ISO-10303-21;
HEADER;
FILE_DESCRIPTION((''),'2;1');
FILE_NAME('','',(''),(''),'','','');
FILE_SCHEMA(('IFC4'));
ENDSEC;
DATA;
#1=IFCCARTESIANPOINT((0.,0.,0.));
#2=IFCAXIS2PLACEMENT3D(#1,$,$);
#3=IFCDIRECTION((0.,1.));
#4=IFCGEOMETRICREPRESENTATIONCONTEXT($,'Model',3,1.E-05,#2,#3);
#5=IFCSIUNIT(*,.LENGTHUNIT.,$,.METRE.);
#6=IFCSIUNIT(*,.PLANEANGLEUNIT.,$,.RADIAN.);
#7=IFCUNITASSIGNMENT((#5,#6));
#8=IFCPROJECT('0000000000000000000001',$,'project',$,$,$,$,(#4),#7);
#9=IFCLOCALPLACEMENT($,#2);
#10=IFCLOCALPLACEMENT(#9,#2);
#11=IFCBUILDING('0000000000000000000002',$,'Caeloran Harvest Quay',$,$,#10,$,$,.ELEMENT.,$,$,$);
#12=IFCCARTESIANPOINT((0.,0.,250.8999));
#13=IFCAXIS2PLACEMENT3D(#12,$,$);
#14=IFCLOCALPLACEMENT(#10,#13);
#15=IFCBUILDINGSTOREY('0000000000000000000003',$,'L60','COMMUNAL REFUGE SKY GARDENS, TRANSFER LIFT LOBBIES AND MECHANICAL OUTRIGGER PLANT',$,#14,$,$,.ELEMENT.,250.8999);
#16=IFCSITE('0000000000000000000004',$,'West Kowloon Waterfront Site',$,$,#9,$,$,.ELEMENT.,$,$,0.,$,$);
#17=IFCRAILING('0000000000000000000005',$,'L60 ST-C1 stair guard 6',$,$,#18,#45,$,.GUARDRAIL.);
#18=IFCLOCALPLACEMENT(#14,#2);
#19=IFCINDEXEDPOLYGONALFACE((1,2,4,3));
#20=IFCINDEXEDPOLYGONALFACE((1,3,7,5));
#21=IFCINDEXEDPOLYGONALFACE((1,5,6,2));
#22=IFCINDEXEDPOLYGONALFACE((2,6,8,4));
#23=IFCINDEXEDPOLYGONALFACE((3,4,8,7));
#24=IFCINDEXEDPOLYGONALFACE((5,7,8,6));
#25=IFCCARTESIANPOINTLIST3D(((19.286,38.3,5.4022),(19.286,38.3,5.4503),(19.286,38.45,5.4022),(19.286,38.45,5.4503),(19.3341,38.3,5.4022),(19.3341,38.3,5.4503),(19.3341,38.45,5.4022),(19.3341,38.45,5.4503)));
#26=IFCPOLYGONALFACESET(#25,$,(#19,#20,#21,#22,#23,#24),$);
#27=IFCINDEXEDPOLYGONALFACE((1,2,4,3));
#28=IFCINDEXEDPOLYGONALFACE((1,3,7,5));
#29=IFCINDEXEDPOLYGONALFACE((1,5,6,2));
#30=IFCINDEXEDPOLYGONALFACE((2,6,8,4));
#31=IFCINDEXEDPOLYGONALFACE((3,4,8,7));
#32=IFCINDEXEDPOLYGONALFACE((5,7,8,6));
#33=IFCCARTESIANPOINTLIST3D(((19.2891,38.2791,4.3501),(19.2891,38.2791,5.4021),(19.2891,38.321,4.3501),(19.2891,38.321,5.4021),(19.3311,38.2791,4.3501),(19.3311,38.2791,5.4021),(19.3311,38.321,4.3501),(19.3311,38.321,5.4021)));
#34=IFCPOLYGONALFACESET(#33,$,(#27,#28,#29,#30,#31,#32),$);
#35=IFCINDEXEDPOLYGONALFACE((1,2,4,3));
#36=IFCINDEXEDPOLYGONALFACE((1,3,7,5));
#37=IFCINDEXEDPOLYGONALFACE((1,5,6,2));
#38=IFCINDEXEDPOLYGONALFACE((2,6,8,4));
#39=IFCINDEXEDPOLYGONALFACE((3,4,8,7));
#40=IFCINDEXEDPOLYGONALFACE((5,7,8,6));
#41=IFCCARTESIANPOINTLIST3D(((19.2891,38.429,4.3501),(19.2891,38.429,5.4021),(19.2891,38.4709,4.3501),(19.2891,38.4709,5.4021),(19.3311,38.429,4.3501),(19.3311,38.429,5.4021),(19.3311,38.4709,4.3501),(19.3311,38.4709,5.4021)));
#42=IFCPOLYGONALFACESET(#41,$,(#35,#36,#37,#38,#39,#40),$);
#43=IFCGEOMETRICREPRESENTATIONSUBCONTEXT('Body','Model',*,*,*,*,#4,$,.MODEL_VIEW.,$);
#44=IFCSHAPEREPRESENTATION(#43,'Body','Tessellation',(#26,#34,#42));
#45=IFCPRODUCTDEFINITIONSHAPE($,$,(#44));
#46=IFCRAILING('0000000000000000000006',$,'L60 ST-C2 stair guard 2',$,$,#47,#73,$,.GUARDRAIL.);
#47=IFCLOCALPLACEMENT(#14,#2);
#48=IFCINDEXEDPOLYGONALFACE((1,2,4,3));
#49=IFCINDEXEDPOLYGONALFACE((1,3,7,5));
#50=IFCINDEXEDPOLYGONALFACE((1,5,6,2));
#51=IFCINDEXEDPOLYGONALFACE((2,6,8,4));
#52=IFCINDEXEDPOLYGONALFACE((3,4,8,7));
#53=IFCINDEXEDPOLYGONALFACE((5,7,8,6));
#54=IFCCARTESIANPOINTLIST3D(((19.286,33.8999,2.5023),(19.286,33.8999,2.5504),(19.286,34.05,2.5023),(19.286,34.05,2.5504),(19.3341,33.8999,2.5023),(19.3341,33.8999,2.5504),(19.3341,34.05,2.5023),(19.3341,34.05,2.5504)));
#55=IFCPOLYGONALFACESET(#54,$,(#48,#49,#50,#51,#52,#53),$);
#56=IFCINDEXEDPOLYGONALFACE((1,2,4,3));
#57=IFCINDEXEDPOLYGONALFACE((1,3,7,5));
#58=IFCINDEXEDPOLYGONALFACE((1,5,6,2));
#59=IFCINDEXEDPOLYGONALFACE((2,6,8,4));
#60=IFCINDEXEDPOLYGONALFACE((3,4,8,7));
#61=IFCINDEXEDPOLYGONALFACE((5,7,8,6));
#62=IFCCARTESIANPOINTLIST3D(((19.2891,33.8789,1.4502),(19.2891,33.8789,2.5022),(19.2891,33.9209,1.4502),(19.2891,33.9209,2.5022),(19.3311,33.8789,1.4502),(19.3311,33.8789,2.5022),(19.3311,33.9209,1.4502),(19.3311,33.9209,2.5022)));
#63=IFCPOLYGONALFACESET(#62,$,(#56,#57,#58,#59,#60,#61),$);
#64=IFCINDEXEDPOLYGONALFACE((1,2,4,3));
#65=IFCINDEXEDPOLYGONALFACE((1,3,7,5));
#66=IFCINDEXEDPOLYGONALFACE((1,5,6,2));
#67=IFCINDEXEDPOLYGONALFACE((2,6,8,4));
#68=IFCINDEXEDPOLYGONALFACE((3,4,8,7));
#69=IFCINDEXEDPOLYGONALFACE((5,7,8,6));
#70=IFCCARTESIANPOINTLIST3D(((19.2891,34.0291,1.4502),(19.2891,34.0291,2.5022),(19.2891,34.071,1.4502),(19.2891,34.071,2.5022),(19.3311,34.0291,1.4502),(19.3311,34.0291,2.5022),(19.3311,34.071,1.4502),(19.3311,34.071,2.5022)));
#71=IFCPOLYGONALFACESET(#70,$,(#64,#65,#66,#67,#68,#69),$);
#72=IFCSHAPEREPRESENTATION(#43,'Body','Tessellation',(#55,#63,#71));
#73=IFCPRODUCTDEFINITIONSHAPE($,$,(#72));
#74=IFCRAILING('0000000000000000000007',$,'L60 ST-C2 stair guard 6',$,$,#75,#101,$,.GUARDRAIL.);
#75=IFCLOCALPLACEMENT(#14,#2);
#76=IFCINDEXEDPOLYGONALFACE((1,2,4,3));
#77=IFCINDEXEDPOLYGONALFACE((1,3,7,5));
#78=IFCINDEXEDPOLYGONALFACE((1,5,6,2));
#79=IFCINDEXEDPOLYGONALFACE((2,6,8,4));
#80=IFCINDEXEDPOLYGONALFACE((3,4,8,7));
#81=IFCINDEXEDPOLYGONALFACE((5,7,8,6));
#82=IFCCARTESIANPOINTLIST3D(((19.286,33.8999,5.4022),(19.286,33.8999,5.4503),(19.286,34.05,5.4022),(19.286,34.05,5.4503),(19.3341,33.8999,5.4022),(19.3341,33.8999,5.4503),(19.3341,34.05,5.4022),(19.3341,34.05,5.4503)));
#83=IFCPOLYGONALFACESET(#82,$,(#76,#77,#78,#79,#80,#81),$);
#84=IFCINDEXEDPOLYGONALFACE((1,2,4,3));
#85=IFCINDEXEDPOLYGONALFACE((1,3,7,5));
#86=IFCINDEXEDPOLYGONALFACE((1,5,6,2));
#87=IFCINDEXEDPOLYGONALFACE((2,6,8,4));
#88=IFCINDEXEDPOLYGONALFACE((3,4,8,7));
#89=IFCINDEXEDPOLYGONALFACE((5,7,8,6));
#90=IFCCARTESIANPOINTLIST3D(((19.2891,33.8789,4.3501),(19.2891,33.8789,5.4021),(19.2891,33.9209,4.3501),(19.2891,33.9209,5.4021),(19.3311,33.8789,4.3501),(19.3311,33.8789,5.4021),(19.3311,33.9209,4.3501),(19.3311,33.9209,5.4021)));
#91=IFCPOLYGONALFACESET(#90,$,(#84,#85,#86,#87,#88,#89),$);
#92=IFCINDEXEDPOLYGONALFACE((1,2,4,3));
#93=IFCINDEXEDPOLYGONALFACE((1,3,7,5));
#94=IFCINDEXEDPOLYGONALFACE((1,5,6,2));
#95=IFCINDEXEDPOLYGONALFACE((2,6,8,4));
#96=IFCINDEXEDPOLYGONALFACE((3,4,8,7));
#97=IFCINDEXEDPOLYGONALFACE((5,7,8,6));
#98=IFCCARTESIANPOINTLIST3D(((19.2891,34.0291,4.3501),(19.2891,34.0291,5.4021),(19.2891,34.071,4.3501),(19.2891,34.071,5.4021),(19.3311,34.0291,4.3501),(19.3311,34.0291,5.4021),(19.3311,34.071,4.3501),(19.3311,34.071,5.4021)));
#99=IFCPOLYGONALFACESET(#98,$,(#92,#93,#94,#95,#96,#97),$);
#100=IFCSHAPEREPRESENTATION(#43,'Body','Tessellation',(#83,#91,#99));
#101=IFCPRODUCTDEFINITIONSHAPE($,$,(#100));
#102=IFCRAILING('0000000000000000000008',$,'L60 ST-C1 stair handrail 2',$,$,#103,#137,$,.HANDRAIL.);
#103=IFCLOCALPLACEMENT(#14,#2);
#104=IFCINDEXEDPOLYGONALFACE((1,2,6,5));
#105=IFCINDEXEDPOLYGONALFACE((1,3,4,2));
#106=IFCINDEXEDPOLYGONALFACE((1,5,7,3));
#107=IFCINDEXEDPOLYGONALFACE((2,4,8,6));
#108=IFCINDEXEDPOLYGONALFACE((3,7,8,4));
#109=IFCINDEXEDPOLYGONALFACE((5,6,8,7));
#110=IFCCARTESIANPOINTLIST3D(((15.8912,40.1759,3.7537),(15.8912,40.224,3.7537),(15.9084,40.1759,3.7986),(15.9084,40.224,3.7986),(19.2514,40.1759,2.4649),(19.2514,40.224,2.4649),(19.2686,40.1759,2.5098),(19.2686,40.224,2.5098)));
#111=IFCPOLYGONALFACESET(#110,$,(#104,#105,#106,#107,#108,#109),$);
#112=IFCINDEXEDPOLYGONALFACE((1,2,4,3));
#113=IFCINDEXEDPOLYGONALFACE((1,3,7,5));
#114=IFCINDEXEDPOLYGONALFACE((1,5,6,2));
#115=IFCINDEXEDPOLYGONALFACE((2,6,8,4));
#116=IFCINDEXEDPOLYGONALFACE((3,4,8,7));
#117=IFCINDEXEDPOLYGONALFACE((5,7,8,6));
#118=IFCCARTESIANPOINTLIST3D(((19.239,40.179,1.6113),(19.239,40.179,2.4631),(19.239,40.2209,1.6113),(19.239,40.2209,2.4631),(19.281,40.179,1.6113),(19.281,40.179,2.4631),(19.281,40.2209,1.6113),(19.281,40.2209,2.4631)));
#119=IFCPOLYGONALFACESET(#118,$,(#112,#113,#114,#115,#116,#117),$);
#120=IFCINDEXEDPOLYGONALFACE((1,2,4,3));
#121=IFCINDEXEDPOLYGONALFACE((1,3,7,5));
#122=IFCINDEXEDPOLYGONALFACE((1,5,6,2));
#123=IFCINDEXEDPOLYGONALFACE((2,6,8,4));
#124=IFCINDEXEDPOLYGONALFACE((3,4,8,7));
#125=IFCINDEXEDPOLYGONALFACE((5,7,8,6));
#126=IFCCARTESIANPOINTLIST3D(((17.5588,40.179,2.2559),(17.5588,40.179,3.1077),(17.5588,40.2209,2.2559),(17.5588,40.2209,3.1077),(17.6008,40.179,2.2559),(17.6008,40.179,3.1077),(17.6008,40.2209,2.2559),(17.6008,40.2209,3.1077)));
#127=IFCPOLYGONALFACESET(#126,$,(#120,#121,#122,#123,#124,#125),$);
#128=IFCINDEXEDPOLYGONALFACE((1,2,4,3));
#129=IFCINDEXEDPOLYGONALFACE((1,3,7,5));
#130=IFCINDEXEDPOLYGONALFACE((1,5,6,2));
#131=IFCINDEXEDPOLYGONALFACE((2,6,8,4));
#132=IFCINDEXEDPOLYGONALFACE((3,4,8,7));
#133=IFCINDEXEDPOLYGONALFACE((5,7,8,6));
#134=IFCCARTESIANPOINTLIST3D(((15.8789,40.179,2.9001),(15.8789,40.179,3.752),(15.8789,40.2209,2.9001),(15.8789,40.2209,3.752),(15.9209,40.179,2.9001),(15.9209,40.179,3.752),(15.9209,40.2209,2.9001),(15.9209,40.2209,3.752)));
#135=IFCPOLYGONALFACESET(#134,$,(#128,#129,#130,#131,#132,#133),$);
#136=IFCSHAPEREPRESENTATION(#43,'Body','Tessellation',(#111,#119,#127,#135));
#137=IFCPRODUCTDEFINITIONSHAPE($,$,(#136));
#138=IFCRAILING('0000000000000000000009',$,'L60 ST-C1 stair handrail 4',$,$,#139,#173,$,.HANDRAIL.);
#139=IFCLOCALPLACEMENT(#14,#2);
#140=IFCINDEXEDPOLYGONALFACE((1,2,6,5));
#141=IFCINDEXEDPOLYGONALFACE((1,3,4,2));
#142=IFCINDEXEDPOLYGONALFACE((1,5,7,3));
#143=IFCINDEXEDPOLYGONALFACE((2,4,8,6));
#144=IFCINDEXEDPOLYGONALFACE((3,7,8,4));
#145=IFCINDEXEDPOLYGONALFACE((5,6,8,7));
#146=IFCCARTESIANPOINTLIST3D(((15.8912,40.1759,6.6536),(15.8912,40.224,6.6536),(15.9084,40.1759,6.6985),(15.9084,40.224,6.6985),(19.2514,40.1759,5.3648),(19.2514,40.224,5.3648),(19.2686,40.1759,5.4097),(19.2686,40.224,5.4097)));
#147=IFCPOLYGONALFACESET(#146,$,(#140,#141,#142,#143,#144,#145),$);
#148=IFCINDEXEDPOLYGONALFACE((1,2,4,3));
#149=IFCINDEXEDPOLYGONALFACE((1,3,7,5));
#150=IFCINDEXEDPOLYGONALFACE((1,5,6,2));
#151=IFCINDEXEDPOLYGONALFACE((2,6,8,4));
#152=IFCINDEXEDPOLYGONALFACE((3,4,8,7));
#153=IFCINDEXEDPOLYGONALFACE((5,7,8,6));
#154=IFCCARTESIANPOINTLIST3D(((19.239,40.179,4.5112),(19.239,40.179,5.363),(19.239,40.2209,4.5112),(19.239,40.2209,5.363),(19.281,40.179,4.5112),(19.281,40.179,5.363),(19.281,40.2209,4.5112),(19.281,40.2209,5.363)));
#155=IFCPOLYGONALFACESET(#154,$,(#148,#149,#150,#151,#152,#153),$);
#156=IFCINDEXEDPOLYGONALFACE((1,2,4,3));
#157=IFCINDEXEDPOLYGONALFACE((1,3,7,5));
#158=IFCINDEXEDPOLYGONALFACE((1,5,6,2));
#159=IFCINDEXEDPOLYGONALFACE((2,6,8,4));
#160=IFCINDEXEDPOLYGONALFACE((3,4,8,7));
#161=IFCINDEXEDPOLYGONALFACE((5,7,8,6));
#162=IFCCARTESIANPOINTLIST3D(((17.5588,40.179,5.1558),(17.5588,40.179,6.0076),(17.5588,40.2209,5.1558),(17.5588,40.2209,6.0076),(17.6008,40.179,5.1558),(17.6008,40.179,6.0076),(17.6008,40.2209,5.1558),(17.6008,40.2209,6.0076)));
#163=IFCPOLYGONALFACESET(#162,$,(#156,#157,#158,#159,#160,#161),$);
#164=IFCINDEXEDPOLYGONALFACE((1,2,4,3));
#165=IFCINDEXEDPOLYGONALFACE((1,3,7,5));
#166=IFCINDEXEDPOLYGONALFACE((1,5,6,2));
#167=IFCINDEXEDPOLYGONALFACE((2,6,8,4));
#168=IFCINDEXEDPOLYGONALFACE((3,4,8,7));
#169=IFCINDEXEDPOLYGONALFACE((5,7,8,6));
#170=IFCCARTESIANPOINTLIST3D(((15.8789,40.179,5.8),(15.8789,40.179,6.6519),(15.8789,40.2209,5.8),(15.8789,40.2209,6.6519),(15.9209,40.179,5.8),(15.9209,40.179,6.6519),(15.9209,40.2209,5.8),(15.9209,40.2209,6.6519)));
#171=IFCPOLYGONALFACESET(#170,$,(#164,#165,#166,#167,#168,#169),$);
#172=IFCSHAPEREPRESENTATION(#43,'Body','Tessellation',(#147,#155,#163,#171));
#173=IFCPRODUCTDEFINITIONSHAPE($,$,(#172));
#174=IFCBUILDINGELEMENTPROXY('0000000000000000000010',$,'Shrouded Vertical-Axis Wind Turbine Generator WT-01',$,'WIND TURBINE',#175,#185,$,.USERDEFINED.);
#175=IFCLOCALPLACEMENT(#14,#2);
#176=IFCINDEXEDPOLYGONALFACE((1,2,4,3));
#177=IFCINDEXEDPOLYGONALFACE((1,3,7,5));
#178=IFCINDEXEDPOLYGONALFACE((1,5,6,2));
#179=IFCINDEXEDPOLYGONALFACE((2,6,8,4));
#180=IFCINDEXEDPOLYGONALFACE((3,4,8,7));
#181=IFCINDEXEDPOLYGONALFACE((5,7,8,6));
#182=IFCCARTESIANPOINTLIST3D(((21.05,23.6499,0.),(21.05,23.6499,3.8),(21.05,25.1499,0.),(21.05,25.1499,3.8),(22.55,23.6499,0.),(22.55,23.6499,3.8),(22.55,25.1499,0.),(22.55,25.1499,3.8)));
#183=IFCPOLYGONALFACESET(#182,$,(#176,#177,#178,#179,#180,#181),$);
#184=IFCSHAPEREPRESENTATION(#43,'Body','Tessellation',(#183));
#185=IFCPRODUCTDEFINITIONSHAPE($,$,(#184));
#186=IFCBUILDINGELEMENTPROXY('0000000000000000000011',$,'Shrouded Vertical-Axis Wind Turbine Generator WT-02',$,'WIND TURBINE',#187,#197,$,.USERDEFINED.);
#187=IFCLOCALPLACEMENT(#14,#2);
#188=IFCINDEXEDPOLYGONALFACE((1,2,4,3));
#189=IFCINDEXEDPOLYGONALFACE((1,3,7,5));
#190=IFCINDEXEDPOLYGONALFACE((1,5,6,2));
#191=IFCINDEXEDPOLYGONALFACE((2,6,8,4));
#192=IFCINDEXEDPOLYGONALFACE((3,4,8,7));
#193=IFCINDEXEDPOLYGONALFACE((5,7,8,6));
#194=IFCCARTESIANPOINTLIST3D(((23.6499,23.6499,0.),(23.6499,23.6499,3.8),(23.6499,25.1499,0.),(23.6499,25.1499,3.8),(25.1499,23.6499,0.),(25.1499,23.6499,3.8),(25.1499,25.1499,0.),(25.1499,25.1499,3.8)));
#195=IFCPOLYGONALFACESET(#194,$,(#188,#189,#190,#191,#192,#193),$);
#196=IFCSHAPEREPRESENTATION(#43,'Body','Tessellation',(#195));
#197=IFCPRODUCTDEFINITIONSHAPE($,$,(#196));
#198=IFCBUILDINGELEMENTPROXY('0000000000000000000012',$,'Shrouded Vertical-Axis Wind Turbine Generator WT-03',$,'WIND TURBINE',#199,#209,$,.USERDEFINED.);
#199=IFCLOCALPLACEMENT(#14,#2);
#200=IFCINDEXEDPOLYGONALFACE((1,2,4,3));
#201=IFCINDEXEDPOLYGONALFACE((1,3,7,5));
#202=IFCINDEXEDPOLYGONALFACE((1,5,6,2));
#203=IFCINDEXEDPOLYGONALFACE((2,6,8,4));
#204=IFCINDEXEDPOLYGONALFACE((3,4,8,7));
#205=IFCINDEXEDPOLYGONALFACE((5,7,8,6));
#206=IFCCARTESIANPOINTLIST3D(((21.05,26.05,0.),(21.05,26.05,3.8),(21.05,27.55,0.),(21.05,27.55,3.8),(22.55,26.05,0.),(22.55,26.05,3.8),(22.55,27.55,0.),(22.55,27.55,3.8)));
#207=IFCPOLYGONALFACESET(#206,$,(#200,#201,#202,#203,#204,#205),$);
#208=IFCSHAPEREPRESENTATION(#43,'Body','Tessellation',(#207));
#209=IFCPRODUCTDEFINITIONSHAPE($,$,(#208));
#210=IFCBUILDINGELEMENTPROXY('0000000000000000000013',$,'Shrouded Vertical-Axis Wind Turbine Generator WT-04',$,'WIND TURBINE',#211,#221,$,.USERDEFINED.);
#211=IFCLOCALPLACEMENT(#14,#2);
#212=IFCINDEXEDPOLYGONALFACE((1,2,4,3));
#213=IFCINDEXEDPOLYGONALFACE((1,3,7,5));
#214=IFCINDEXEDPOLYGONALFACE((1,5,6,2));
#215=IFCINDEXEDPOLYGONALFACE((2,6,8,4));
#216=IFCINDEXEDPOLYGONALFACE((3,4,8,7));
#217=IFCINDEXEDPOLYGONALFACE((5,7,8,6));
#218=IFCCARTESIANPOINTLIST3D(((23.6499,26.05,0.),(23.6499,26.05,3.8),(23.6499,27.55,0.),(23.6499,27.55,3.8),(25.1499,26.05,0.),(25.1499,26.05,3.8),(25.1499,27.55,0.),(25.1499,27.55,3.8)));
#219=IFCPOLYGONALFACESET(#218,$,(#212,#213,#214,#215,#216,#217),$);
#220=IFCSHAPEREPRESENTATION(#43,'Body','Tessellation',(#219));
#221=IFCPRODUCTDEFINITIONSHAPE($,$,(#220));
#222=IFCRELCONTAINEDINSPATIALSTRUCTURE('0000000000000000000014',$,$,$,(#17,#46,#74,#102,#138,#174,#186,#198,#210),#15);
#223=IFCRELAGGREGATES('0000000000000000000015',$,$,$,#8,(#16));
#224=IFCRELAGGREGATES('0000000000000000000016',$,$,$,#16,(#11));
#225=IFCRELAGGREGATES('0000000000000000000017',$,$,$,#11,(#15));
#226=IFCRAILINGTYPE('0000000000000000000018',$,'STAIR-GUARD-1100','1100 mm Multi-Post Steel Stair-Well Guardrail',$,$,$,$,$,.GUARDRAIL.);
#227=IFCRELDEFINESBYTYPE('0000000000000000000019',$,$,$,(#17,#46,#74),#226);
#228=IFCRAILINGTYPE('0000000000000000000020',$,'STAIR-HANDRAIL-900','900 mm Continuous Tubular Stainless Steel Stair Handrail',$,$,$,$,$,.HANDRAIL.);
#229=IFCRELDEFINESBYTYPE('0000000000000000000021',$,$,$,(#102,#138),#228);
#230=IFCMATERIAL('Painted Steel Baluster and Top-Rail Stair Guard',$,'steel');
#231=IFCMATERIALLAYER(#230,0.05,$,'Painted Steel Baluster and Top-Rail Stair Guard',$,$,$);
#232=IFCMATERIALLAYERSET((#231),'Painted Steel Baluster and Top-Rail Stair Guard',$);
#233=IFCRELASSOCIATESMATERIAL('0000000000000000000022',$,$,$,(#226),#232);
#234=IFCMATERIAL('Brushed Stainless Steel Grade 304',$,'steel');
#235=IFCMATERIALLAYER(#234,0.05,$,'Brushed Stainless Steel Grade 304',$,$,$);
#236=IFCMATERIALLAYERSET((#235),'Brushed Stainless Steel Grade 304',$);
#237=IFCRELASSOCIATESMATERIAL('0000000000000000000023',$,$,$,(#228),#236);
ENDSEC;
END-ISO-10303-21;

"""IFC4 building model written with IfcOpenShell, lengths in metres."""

from ifc_helpers import new_model, si_unit, direction, frame, origin, origin_2d, place, context, subcontext, project, spatial, rectangle, extrude, material, layer, layer_set, type_object, element, save


model = new_model("IFC4")

# Units and contexts
model_context = context("Model", 3, precision=1e-05, world=origin(), true_north=direction((0.0, 1.0)))
body_context = subcontext(model_context, "Body", "Model", "MODEL_VIEW")
ifc_project = project(units=[si_unit("LENGTHUNIT", "METRE"), si_unit("PLANEANGLEUNIT", "RADIAN")], contexts=[model_context])

# Site, building, storey
site_placement = place(None, origin())
site = spatial("IfcSite", under=ifc_project, at=site_placement, Name="West Kowloon Waterfront Site", CompositionType="ELEMENT", RefElevation=0.0)
building_placement = place(site_placement, origin())
building = spatial("IfcBuilding", under=site, at=building_placement, Name="Caeloran Harvest Quay", CompositionType="ELEMENT")
storey_placement = place(building_placement, frame((0.0, 0.0, 250.8999)))
storey = spatial("IfcBuildingStorey", under=building, at=storey_placement, Name="L60", Description="COMMUNAL REFUGE SKY GARDENS, TRANSFER LIFT LOBBIES AND MECHANICAL OUTRIGGER PLANT", CompositionType="ELEMENT", Elevation=250.8999)

# Railings
ifc_material_1 = material(Name="Painted Steel Baluster and Top-Rail Stair Guard", Category="steel")
ifc_layer_1 = layer(ifc_material_1, 0.05, Name="Painted Steel Baluster and Top-Rail Stair Guard")
ifc_layer_set_1 = layer_set([ifc_layer_1], Name="Painted Steel Baluster and Top-Rail Stair Guard")
railing_type_1 = type_object("IfcRailingType", Name="STAIR-GUARD-1100", Description="1100 mm Multi-Post Steel Stair-Well Guardrail", PredefinedType="GUARDRAIL", material=ifc_layer_set_1)
for number, where, name in (
    (1, (19.3101, 38.3, 4.3501), "L60 ST-C1 stair guard 6"),
):
    element("IfcRailing", number, at=place(storey_placement, frame(where)), inside=storey, type_object=railing_type_1, Name=name, PredefinedType="GUARDRAIL", context=body_context, shape_type="SweptSolid", body=[
        extrude(rectangle(XDim=0.0481, YDim=0.0481, at=origin_2d()), frame((0.0, 0.0, 1.0762), z_axis=(0.0, 1.0, 0.0), x_axis=(-1.0, 0.0, 0.0)), (0.0, 0.0, 1.0), 0.1499),
        extrude(rectangle(XDim=0.042, YDim=0.042, at=origin_2d()), origin(), (0.0, 0.0, 1.0), 1.052),
        extrude(rectangle(XDim=0.042, YDim=0.042, at=origin_2d()), frame((0.0, 0.1499, 0.0)), (0.0, 0.0, 1.0), 1.052),
    ])
for number, where, name in (
    (2, (19.3101, 33.8999, 1.4502), "L60 ST-C2 stair guard 2"),
    (3, (19.3101, 33.8999, 4.3501), "L60 ST-C2 stair guard 6"),
):
    element("IfcRailing", number, at=place(storey_placement, frame(where)), inside=storey, type_object=railing_type_1, Name=name, PredefinedType="GUARDRAIL", context=body_context, shape_type="SweptSolid", body=[
        extrude(rectangle(XDim=0.0481, YDim=0.0481, at=origin_2d()), frame((0.0, 0.0, 1.0762), z_axis=(0.0, 1.0, 0.0), x_axis=(-1.0, 0.0, 0.0)), (0.0, 0.0, 1.0), 0.1501),
        extrude(rectangle(XDim=0.042, YDim=0.042, at=origin_2d()), origin(), (0.0, 0.0, 1.0), 1.052),
        extrude(rectangle(XDim=0.042, YDim=0.042, at=origin_2d()), frame((0.0, 0.1501, 0.0)), (0.0, 0.0, 1.0), 1.052),
    ])
ifc_material_2 = material(Name="Brushed Stainless Steel Grade 304", Category="steel")
ifc_layer_2 = layer(ifc_material_2, 0.05, Name="Brushed Stainless Steel Grade 304")
ifc_layer_set_2 = layer_set([ifc_layer_2], Name="Brushed Stainless Steel Grade 304")
railing_type_2 = type_object("IfcRailingType", Name="STAIR-HANDRAIL-900", Description="900 mm Continuous Tubular Stainless Steel Stair Handrail", PredefinedType="HANDRAIL", material=ifc_layer_set_2)
for number, where, name in (
    (4, (19.26, 40.2, 1.6113), "L60 ST-C1 stair handrail 2"),
    (5, (19.26, 40.2, 4.5112), "L60 ST-C1 stair handrail 4"),
):
    element("IfcRailing", number, at=place(storey_placement, frame(where)), inside=storey, type_object=railing_type_2, Name=name, PredefinedType="HANDRAIL", context=body_context, shape_type="SweptSolid", body=[
        extrude(rectangle(XDim=0.0481, YDim=0.0481, at=origin_2d()), frame((0.0, 0.0, 0.876), z_axis=(-0.933674, 0.0, 0.358124), x_axis=(0.0, -1.0, 0.0)), (0.0, 0.0, 1.0), 3.5989),
        extrude(rectangle(XDim=0.042, YDim=0.042, at=origin_2d()), origin(), (0.0, 0.0, 1.0), 0.8518),
        extrude(rectangle(XDim=0.042, YDim=0.042, at=origin_2d()), frame((-1.6802, 0.0, 0.6445)), (0.0, 0.0, 1.0), 0.8518),
        extrude(rectangle(XDim=0.042, YDim=0.042, at=origin_2d()), frame((-3.3601, 0.0, 1.2888)), (0.0, 0.0, 1.0), 0.8518),
    ])

# Building element proxies
for number, where, z_axis, x_axis, name in (
    (6, (21.8, 24.3999, 0.0), (0.0, 0.0, 1.0), (1.0, 0.0, 0.0), "Shrouded Vertical-Axis Wind Turbine Generator WT-01"),
    (7, (24.3999, 24.3999, 0.0), (0.0, 0.0, 1.0), (1.0, 0.0, 0.0), "Shrouded Vertical-Axis Wind Turbine Generator WT-02"),
    (8, (21.8, 26.8, 0.0), (0.0, 0.0, 1.0), (1.0, 0.0, 0.0), "Shrouded Vertical-Axis Wind Turbine Generator WT-03"),
    (9, (24.3999, 26.8, 0.0), (0.0, 0.0, 1.0), (1.0, 0.0, 0.0), "Shrouded Vertical-Axis Wind Turbine Generator WT-04"),
):
    element("IfcBuildingElementProxy", number, at=place(storey_placement, frame(where, z_axis=z_axis, x_axis=x_axis)), inside=storey, Name=name, ObjectType="WIND TURBINE", PredefinedType="USERDEFINED", context=body_context, shape_type="SweptSolid", body=[
        extrude(rectangle(XDim=1.5, YDim=1.5, at=origin_2d()), origin(), (0.0, 0.0, 1.0), 3.8),
    ])

save(model, "model.ifc")
